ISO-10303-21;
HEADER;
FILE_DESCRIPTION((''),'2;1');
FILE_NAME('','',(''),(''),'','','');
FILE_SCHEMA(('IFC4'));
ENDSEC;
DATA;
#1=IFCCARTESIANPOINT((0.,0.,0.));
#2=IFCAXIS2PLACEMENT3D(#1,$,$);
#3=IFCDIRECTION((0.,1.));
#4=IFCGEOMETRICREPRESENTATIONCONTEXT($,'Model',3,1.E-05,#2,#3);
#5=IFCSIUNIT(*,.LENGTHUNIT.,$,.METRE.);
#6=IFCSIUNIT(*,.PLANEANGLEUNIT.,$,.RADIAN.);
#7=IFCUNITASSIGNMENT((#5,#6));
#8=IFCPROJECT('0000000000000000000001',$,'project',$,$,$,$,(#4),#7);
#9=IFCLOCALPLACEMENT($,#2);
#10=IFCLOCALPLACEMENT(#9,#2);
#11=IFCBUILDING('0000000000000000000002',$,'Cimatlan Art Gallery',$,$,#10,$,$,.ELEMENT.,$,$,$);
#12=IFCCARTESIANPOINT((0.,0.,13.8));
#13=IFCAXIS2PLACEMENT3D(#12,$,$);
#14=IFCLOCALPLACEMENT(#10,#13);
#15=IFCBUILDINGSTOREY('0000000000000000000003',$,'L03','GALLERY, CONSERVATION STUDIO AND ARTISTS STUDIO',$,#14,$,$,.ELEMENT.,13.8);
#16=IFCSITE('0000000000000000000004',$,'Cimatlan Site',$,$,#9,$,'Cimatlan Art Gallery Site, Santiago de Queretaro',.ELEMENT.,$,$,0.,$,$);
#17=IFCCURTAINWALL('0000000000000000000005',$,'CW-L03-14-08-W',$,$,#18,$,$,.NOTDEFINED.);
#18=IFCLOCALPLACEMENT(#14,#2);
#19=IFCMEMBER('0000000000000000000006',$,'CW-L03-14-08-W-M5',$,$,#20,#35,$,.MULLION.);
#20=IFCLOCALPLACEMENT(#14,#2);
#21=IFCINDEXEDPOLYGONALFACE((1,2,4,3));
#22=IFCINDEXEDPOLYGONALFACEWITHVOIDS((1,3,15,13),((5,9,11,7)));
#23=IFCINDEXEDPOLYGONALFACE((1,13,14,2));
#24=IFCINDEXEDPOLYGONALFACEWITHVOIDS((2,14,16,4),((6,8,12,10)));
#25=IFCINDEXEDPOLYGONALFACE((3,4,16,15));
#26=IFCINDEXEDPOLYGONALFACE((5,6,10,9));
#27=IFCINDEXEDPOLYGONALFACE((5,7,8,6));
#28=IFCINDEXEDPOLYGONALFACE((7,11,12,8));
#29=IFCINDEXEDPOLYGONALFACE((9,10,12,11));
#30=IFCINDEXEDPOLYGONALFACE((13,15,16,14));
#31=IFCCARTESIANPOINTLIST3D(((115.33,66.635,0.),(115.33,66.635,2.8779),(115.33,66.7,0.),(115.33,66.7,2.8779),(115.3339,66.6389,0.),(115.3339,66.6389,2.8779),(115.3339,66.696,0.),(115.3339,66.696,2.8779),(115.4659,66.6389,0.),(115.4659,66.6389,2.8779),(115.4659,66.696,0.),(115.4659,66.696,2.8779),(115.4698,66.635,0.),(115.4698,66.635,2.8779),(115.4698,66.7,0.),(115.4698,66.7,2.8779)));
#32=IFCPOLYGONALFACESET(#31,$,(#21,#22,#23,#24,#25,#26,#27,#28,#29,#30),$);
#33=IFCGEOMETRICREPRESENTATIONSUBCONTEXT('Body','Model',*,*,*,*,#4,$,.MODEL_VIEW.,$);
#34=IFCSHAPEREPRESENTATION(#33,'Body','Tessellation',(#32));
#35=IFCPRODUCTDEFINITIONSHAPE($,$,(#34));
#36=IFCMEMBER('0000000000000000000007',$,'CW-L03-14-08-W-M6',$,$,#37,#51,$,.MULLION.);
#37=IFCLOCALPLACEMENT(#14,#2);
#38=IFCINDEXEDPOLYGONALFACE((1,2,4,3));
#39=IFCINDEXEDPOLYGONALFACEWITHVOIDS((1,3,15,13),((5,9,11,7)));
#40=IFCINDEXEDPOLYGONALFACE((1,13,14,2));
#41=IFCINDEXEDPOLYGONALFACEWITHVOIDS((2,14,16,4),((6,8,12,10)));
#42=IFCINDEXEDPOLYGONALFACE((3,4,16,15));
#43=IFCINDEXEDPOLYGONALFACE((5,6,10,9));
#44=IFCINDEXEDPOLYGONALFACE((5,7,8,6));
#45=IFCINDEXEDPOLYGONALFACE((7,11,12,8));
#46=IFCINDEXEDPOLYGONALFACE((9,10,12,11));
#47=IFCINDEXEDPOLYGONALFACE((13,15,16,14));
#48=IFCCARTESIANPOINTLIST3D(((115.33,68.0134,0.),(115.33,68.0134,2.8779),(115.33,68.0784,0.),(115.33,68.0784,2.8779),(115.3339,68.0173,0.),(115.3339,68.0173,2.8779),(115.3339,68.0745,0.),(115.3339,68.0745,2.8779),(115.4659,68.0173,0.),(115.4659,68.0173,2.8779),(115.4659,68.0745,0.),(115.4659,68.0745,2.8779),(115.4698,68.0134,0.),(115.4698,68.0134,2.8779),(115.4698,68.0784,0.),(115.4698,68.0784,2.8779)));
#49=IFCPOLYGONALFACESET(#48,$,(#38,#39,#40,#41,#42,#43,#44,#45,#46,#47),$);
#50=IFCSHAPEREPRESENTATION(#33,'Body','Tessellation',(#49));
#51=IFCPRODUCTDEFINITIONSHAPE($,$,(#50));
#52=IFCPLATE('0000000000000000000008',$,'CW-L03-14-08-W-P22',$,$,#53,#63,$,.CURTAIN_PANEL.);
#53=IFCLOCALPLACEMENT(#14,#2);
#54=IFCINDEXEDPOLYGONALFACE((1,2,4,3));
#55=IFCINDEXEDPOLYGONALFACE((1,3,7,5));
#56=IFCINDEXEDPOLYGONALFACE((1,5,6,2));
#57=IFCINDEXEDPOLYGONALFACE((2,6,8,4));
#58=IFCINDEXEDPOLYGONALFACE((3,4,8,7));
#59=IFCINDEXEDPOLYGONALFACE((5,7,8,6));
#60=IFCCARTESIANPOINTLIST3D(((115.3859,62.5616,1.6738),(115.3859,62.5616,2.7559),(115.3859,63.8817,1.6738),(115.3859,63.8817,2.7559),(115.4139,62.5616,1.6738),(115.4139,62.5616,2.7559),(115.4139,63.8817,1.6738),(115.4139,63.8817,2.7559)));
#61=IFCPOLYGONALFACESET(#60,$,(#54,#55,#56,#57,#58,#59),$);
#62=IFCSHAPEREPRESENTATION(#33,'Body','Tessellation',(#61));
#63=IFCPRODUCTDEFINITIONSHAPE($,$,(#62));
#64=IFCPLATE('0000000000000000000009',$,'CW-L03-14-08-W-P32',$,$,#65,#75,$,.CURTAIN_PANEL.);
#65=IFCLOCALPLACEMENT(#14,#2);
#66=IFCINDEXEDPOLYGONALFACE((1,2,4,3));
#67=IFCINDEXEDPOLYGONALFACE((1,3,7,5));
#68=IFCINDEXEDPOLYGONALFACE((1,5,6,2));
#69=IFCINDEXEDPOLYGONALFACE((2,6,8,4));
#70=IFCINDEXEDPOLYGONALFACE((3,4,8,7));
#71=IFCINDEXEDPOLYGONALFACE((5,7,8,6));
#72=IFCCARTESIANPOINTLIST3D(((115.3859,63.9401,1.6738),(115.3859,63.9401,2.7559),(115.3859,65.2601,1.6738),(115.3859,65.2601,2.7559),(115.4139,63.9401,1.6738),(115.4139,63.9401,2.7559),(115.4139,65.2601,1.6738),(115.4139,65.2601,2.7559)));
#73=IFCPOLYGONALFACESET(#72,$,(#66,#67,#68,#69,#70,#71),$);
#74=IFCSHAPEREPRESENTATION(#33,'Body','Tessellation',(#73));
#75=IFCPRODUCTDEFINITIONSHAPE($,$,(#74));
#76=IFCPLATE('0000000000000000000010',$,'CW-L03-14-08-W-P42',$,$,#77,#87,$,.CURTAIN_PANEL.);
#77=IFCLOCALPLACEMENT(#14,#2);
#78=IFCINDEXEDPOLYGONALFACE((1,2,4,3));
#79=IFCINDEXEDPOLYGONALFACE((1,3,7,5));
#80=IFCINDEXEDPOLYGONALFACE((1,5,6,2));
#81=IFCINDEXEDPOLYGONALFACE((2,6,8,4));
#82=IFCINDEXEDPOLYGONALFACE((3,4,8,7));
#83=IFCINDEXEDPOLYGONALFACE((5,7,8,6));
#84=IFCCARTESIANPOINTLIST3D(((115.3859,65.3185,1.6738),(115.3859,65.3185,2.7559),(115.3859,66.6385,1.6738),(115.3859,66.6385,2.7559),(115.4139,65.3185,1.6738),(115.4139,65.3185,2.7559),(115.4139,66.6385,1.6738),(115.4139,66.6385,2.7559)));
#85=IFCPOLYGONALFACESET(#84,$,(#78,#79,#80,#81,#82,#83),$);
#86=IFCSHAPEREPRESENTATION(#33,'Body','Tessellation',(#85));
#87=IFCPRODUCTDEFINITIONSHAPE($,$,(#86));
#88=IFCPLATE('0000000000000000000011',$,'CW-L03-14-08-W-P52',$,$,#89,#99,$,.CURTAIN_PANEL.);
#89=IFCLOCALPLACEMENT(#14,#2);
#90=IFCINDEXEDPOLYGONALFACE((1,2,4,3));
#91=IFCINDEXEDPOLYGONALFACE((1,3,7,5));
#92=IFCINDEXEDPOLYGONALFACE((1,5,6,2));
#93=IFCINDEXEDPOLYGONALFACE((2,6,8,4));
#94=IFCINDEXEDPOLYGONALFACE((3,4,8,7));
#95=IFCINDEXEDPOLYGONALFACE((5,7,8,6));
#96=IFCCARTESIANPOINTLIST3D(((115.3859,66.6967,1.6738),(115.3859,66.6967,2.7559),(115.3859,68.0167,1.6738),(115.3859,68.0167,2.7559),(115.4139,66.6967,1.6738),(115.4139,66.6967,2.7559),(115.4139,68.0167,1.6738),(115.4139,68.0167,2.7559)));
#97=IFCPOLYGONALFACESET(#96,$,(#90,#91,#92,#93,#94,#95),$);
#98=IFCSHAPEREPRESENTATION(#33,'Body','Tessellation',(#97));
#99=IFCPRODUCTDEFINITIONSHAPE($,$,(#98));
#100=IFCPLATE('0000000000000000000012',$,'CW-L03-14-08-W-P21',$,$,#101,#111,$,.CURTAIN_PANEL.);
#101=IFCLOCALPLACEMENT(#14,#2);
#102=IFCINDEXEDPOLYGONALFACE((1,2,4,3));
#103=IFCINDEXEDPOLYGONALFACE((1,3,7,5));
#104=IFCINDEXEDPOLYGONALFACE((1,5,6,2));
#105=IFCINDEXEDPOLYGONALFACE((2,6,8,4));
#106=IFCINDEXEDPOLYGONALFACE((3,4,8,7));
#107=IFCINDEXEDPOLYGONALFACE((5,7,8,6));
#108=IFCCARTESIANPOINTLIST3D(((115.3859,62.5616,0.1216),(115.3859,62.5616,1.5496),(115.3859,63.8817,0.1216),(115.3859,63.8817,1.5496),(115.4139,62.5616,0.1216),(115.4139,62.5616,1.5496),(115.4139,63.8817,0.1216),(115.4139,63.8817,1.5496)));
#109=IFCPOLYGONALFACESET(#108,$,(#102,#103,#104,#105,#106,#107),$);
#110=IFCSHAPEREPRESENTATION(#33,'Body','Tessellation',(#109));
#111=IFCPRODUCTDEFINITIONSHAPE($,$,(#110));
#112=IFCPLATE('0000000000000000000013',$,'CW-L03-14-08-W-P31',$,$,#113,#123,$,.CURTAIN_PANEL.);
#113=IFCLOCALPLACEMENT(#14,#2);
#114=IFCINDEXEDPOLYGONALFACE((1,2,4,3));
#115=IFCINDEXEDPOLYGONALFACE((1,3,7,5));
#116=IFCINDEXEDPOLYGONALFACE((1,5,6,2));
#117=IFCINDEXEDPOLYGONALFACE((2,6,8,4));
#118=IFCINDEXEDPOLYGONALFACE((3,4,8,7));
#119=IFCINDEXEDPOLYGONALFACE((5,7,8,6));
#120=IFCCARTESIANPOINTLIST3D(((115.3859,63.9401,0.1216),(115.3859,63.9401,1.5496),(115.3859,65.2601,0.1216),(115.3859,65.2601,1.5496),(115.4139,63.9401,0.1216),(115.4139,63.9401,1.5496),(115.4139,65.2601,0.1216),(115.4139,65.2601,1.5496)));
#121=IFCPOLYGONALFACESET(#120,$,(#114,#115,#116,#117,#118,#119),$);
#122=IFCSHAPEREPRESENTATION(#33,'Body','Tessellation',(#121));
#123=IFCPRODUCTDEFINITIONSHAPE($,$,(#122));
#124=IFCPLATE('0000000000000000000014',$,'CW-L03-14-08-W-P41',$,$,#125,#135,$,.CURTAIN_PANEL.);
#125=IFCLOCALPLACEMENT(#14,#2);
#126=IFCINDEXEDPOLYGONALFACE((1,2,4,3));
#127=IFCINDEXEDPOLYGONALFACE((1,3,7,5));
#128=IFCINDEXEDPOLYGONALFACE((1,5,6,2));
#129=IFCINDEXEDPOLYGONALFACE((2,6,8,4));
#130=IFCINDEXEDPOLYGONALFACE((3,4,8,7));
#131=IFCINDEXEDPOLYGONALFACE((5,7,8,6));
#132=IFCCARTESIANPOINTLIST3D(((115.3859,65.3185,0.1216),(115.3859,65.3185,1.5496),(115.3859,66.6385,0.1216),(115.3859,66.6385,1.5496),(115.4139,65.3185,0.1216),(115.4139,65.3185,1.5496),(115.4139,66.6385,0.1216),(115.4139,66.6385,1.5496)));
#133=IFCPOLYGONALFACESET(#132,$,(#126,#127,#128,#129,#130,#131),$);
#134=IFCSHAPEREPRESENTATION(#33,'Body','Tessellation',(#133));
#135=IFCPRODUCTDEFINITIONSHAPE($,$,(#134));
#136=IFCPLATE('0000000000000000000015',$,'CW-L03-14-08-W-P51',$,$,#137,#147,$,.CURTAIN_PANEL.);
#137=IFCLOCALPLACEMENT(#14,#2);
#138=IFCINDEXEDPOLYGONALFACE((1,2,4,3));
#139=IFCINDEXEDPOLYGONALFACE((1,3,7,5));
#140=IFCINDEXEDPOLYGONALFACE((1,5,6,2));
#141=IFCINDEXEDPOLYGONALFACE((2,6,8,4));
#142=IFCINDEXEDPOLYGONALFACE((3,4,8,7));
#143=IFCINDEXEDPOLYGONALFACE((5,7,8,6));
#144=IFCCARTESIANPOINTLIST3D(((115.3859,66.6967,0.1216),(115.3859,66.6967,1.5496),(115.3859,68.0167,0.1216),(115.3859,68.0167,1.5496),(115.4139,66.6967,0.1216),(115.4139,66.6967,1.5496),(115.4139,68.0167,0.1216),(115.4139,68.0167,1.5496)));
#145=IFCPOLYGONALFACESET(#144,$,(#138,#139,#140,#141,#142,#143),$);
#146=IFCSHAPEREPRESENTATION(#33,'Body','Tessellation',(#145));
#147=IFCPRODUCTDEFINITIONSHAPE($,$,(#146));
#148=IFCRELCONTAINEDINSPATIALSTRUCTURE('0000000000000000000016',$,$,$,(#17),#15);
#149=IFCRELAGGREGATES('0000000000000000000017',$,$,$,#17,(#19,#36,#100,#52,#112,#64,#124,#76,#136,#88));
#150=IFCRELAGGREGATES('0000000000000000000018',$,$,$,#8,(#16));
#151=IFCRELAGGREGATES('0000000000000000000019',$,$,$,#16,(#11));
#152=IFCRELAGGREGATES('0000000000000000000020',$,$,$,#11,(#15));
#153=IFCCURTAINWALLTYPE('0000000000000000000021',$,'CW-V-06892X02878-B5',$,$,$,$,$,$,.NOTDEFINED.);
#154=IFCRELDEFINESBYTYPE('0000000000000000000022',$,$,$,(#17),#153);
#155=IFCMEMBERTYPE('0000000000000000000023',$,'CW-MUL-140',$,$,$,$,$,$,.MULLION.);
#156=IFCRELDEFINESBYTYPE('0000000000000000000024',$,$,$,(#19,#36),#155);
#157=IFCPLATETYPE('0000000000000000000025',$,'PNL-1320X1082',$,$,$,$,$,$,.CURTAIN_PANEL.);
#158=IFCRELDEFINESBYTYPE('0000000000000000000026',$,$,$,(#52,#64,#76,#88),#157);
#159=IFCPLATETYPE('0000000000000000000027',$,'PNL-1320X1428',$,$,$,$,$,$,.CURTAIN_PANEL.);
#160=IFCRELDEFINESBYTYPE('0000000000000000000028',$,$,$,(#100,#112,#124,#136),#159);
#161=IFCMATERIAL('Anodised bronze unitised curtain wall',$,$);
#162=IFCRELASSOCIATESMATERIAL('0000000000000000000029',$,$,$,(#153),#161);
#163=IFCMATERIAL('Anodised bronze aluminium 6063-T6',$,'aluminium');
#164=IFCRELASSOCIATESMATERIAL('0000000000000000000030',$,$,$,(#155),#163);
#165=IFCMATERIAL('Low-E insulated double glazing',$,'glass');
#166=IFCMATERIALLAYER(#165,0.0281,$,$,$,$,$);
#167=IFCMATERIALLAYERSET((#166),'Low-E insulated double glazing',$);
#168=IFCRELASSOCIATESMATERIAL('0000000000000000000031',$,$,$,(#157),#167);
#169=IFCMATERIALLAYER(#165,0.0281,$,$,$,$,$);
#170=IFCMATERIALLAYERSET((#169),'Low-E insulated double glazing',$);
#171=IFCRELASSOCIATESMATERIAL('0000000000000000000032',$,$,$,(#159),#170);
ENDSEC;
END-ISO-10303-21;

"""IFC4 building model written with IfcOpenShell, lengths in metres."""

from ifc_helpers import new_model, si_unit, direction, frame, origin, origin_2d, place, context, subcontext, project, spatial, rectangle, hollow_rectangle, extrude, material, layer, layer_set, material_profile, profile_set, type_object, element, aggregate, save


model = new_model("IFC4")

# Units and contexts
model_context = context("Model", 3, precision=1e-05, world=origin(), true_north=direction((0.0, 1.0)))
body_context = subcontext(model_context, "Body", "Model", "MODEL_VIEW")
ifc_project = project(units=[si_unit("LENGTHUNIT", "METRE"), si_unit("PLANEANGLEUNIT", "RADIAN")], contexts=[model_context])

# Site, building, storey
site_placement = place(None, origin())
site = spatial("IfcSite", under=ifc_project, at=site_placement, Name="Cimatlan Site", LongName="Cimatlan Art Gallery Site, Santiago de Queretaro", CompositionType="ELEMENT", RefElevation=0.0)
building_placement = place(site_placement, origin())
building = spatial("IfcBuilding", under=site, at=building_placement, Name="Cimatlan Art Gallery", CompositionType="ELEMENT")
storey_placement = place(building_placement, frame((0.0, 0.0, 13.8)))
storey = spatial("IfcBuildingStorey", under=building, at=storey_placement, Name="L03", Description="GALLERY, CONSERVATION STUDIO AND ARTISTS STUDIO", CompositionType="ELEMENT", Elevation=13.8)

# Curtain wall, members, plates
ifc_material_1 = material(Name="Anodised bronze unitised curtain wall")
curtain_wall_type = type_object("IfcCurtainWallType", Name="CW-V-06892X02878-B5", PredefinedType="NOTDEFINED", material=ifc_material_1)
curtain_wall_placement = place(storey_placement, origin())
curtain_wall = element("IfcCurtainWall", 1, at=curtain_wall_placement, inside=storey, type_object=curtain_wall_type, Name="CW-L03-14-08-W", PredefinedType="NOTDEFINED")
ifc_material_2 = material(Name="Anodised bronze aluminium 6063-T6", Category="aluminium")
ifc_material_profile_1 = material_profile(ifc_material_2, hollow_rectangle(XDim=0.0649, YDim=0.1399, WallThickness=0.0039, at=origin_2d()), Name="ALU65X140X4")
ifc_profile_set_1 = profile_set([ifc_material_profile_1], Name="Anodised bronze aluminium 6063-T6")
member_type = type_object("IfcMemberType", Name="CW-MUL-140", PredefinedType="MULLION", material=ifc_profile_set_1)
member_1_placement = place(storey_placement, frame((115.3999, 66.6675, 0.0), z_axis=(0.0, 0.0, 1.0), x_axis=(0.0, 1.0, 0.0)))
member_1 = element("IfcMember", 2, at=member_1_placement, type_object=member_type, Name="CW-L03-14-08-W-M5", PredefinedType="MULLION", context=body_context, shape_type="SweptSolid", body=[
    extrude(hollow_rectangle(XDim=0.0649, YDim=0.1399, WallThickness=0.0039, at=origin_2d()), origin(), (0.0, 0.0, 1.0), 2.8779),
])
member_2_placement = place(storey_placement, frame((115.3999, 68.0459, 0.0), z_axis=(0.0, 0.0, 1.0), x_axis=(0.0, 1.0, 0.0)))
member_2 = element("IfcMember", 3, at=member_2_placement, type_object=member_type, Name="CW-L03-14-08-W-M6", PredefinedType="MULLION", context=body_context, shape_type="SweptSolid", body=[
    extrude(hollow_rectangle(XDim=0.0649, YDim=0.1399, WallThickness=0.0039, at=origin_2d()), origin(), (0.0, 0.0, 1.0), 2.8779),
])
ifc_material_3 = material(Name="Low-E insulated double glazing", Category="glass")
ifc_layer_1 = layer(ifc_material_3, 0.0281)
ifc_layer_set_1 = layer_set([ifc_layer_1], Name="Low-E insulated double glazing")
plate_type_1 = type_object("IfcPlateType", Name="PNL-1320X1082", PredefinedType="CURTAIN_PANEL", material=ifc_layer_set_1)
plate_1_placement = place(storey_placement, frame((115.3999, 63.2217, 1.6738), z_axis=(0.0, 0.0, 1.0), x_axis=(0.0, 1.0, 0.0)))
plate_1 = element("IfcPlate", 4, at=plate_1_placement, type_object=plate_type_1, Name="CW-L03-14-08-W-P22", PredefinedType="CURTAIN_PANEL", context=body_context, shape_type="SweptSolid", body=[
    extrude(rectangle(XDim=1.3201, YDim=0.0281, at=origin_2d()), origin(), (0.0, 0.0, 1.0), 1.082),
])
plate_2_placement = place(storey_placement, frame((115.3999, 64.6001, 1.6738), z_axis=(0.0, 0.0, 1.0), x_axis=(0.0, 1.0, 0.0)))
plate_2 = element("IfcPlate", 5, at=plate_2_placement, type_object=plate_type_1, Name="CW-L03-14-08-W-P32", PredefinedType="CURTAIN_PANEL", context=body_context, shape_type="SweptSolid", body=[
    extrude(rectangle(XDim=1.3201, YDim=0.0281, at=origin_2d()), origin(), (0.0, 0.0, 1.0), 1.082),
])
plate_3_placement = place(storey_placement, frame((115.3999, 65.9785, 1.6738), z_axis=(0.0, 0.0, 1.0), x_axis=(0.0, 1.0, 0.0)))
plate_3 = element("IfcPlate", 6, at=plate_3_placement, type_object=plate_type_1, Name="CW-L03-14-08-W-P42", PredefinedType="CURTAIN_PANEL", context=body_context, shape_type="SweptSolid", body=[
    extrude(rectangle(XDim=1.3201, YDim=0.0281, at=origin_2d()), origin(), (0.0, 0.0, 1.0), 1.082),
])
plate_4_placement = place(storey_placement, frame((115.3999, 67.3567, 1.6738), z_axis=(0.0, 0.0, 1.0), x_axis=(0.0, 1.0, 0.0)))
plate_4 = element("IfcPlate", 7, at=plate_4_placement, type_object=plate_type_1, Name="CW-L03-14-08-W-P52", PredefinedType="CURTAIN_PANEL", context=body_context, shape_type="SweptSolid", body=[
    extrude(rectangle(XDim=1.3201, YDim=0.0281, at=origin_2d()), origin(), (0.0, 0.0, 1.0), 1.082),
])
ifc_layer_2 = layer(ifc_material_3, 0.0281)
ifc_layer_set_2 = layer_set([ifc_layer_2], Name="Low-E insulated double glazing")
plate_type_2 = type_object("IfcPlateType", Name="PNL-1320X1428", PredefinedType="CURTAIN_PANEL", material=ifc_layer_set_2)
plate_5_placement = place(storey_placement, frame((115.3999, 63.2217, 0.1216), z_axis=(0.0, 0.0, 1.0), x_axis=(0.0, 1.0, 0.0)))
plate_5 = element("IfcPlate", 8, at=plate_5_placement, type_object=plate_type_2, Name="CW-L03-14-08-W-P21", PredefinedType="CURTAIN_PANEL", context=body_context, shape_type="SweptSolid", body=[
    extrude(rectangle(XDim=1.3201, YDim=0.0281, at=origin_2d()), origin(), (0.0, 0.0, 1.0), 1.428),
])
plate_6_placement = place(storey_placement, frame((115.3999, 64.6001, 0.1216), z_axis=(0.0, 0.0, 1.0), x_axis=(0.0, 1.0, 0.0)))
plate_6 = element("IfcPlate", 9, at=plate_6_placement, type_object=plate_type_2, Name="CW-L03-14-08-W-P31", PredefinedType="CURTAIN_PANEL", context=body_context, shape_type="SweptSolid", body=[
    extrude(rectangle(XDim=1.3201, YDim=0.0281, at=origin_2d()), origin(), (0.0, 0.0, 1.0), 1.428),
])
plate_7_placement = place(storey_placement, frame((115.3999, 65.9785, 0.1216), z_axis=(0.0, 0.0, 1.0), x_axis=(0.0, 1.0, 0.0)))
plate_7 = element("IfcPlate", 10, at=plate_7_placement, type_object=plate_type_2, Name="CW-L03-14-08-W-P41", PredefinedType="CURTAIN_PANEL", context=body_context, shape_type="SweptSolid", body=[
    extrude(rectangle(XDim=1.3201, YDim=0.0281, at=origin_2d()), origin(), (0.0, 0.0, 1.0), 1.428),
])
plate_8_placement = place(storey_placement, frame((115.3999, 67.3567, 0.1216), z_axis=(0.0, 0.0, 1.0), x_axis=(0.0, 1.0, 0.0)))
plate_8 = element("IfcPlate", 11, at=plate_8_placement, type_object=plate_type_2, Name="CW-L03-14-08-W-P51", PredefinedType="CURTAIN_PANEL", context=body_context, shape_type="SweptSolid", body=[
    extrude(rectangle(XDim=1.3201, YDim=0.0281, at=origin_2d()), origin(), (0.0, 0.0, 1.0), 1.428),
])
aggregate(curtain_wall, [member_1, member_2, plate_5, plate_1, plate_6, plate_2, plate_7, plate_3, plate_8, plate_4])

save(model, "model.ifc")
